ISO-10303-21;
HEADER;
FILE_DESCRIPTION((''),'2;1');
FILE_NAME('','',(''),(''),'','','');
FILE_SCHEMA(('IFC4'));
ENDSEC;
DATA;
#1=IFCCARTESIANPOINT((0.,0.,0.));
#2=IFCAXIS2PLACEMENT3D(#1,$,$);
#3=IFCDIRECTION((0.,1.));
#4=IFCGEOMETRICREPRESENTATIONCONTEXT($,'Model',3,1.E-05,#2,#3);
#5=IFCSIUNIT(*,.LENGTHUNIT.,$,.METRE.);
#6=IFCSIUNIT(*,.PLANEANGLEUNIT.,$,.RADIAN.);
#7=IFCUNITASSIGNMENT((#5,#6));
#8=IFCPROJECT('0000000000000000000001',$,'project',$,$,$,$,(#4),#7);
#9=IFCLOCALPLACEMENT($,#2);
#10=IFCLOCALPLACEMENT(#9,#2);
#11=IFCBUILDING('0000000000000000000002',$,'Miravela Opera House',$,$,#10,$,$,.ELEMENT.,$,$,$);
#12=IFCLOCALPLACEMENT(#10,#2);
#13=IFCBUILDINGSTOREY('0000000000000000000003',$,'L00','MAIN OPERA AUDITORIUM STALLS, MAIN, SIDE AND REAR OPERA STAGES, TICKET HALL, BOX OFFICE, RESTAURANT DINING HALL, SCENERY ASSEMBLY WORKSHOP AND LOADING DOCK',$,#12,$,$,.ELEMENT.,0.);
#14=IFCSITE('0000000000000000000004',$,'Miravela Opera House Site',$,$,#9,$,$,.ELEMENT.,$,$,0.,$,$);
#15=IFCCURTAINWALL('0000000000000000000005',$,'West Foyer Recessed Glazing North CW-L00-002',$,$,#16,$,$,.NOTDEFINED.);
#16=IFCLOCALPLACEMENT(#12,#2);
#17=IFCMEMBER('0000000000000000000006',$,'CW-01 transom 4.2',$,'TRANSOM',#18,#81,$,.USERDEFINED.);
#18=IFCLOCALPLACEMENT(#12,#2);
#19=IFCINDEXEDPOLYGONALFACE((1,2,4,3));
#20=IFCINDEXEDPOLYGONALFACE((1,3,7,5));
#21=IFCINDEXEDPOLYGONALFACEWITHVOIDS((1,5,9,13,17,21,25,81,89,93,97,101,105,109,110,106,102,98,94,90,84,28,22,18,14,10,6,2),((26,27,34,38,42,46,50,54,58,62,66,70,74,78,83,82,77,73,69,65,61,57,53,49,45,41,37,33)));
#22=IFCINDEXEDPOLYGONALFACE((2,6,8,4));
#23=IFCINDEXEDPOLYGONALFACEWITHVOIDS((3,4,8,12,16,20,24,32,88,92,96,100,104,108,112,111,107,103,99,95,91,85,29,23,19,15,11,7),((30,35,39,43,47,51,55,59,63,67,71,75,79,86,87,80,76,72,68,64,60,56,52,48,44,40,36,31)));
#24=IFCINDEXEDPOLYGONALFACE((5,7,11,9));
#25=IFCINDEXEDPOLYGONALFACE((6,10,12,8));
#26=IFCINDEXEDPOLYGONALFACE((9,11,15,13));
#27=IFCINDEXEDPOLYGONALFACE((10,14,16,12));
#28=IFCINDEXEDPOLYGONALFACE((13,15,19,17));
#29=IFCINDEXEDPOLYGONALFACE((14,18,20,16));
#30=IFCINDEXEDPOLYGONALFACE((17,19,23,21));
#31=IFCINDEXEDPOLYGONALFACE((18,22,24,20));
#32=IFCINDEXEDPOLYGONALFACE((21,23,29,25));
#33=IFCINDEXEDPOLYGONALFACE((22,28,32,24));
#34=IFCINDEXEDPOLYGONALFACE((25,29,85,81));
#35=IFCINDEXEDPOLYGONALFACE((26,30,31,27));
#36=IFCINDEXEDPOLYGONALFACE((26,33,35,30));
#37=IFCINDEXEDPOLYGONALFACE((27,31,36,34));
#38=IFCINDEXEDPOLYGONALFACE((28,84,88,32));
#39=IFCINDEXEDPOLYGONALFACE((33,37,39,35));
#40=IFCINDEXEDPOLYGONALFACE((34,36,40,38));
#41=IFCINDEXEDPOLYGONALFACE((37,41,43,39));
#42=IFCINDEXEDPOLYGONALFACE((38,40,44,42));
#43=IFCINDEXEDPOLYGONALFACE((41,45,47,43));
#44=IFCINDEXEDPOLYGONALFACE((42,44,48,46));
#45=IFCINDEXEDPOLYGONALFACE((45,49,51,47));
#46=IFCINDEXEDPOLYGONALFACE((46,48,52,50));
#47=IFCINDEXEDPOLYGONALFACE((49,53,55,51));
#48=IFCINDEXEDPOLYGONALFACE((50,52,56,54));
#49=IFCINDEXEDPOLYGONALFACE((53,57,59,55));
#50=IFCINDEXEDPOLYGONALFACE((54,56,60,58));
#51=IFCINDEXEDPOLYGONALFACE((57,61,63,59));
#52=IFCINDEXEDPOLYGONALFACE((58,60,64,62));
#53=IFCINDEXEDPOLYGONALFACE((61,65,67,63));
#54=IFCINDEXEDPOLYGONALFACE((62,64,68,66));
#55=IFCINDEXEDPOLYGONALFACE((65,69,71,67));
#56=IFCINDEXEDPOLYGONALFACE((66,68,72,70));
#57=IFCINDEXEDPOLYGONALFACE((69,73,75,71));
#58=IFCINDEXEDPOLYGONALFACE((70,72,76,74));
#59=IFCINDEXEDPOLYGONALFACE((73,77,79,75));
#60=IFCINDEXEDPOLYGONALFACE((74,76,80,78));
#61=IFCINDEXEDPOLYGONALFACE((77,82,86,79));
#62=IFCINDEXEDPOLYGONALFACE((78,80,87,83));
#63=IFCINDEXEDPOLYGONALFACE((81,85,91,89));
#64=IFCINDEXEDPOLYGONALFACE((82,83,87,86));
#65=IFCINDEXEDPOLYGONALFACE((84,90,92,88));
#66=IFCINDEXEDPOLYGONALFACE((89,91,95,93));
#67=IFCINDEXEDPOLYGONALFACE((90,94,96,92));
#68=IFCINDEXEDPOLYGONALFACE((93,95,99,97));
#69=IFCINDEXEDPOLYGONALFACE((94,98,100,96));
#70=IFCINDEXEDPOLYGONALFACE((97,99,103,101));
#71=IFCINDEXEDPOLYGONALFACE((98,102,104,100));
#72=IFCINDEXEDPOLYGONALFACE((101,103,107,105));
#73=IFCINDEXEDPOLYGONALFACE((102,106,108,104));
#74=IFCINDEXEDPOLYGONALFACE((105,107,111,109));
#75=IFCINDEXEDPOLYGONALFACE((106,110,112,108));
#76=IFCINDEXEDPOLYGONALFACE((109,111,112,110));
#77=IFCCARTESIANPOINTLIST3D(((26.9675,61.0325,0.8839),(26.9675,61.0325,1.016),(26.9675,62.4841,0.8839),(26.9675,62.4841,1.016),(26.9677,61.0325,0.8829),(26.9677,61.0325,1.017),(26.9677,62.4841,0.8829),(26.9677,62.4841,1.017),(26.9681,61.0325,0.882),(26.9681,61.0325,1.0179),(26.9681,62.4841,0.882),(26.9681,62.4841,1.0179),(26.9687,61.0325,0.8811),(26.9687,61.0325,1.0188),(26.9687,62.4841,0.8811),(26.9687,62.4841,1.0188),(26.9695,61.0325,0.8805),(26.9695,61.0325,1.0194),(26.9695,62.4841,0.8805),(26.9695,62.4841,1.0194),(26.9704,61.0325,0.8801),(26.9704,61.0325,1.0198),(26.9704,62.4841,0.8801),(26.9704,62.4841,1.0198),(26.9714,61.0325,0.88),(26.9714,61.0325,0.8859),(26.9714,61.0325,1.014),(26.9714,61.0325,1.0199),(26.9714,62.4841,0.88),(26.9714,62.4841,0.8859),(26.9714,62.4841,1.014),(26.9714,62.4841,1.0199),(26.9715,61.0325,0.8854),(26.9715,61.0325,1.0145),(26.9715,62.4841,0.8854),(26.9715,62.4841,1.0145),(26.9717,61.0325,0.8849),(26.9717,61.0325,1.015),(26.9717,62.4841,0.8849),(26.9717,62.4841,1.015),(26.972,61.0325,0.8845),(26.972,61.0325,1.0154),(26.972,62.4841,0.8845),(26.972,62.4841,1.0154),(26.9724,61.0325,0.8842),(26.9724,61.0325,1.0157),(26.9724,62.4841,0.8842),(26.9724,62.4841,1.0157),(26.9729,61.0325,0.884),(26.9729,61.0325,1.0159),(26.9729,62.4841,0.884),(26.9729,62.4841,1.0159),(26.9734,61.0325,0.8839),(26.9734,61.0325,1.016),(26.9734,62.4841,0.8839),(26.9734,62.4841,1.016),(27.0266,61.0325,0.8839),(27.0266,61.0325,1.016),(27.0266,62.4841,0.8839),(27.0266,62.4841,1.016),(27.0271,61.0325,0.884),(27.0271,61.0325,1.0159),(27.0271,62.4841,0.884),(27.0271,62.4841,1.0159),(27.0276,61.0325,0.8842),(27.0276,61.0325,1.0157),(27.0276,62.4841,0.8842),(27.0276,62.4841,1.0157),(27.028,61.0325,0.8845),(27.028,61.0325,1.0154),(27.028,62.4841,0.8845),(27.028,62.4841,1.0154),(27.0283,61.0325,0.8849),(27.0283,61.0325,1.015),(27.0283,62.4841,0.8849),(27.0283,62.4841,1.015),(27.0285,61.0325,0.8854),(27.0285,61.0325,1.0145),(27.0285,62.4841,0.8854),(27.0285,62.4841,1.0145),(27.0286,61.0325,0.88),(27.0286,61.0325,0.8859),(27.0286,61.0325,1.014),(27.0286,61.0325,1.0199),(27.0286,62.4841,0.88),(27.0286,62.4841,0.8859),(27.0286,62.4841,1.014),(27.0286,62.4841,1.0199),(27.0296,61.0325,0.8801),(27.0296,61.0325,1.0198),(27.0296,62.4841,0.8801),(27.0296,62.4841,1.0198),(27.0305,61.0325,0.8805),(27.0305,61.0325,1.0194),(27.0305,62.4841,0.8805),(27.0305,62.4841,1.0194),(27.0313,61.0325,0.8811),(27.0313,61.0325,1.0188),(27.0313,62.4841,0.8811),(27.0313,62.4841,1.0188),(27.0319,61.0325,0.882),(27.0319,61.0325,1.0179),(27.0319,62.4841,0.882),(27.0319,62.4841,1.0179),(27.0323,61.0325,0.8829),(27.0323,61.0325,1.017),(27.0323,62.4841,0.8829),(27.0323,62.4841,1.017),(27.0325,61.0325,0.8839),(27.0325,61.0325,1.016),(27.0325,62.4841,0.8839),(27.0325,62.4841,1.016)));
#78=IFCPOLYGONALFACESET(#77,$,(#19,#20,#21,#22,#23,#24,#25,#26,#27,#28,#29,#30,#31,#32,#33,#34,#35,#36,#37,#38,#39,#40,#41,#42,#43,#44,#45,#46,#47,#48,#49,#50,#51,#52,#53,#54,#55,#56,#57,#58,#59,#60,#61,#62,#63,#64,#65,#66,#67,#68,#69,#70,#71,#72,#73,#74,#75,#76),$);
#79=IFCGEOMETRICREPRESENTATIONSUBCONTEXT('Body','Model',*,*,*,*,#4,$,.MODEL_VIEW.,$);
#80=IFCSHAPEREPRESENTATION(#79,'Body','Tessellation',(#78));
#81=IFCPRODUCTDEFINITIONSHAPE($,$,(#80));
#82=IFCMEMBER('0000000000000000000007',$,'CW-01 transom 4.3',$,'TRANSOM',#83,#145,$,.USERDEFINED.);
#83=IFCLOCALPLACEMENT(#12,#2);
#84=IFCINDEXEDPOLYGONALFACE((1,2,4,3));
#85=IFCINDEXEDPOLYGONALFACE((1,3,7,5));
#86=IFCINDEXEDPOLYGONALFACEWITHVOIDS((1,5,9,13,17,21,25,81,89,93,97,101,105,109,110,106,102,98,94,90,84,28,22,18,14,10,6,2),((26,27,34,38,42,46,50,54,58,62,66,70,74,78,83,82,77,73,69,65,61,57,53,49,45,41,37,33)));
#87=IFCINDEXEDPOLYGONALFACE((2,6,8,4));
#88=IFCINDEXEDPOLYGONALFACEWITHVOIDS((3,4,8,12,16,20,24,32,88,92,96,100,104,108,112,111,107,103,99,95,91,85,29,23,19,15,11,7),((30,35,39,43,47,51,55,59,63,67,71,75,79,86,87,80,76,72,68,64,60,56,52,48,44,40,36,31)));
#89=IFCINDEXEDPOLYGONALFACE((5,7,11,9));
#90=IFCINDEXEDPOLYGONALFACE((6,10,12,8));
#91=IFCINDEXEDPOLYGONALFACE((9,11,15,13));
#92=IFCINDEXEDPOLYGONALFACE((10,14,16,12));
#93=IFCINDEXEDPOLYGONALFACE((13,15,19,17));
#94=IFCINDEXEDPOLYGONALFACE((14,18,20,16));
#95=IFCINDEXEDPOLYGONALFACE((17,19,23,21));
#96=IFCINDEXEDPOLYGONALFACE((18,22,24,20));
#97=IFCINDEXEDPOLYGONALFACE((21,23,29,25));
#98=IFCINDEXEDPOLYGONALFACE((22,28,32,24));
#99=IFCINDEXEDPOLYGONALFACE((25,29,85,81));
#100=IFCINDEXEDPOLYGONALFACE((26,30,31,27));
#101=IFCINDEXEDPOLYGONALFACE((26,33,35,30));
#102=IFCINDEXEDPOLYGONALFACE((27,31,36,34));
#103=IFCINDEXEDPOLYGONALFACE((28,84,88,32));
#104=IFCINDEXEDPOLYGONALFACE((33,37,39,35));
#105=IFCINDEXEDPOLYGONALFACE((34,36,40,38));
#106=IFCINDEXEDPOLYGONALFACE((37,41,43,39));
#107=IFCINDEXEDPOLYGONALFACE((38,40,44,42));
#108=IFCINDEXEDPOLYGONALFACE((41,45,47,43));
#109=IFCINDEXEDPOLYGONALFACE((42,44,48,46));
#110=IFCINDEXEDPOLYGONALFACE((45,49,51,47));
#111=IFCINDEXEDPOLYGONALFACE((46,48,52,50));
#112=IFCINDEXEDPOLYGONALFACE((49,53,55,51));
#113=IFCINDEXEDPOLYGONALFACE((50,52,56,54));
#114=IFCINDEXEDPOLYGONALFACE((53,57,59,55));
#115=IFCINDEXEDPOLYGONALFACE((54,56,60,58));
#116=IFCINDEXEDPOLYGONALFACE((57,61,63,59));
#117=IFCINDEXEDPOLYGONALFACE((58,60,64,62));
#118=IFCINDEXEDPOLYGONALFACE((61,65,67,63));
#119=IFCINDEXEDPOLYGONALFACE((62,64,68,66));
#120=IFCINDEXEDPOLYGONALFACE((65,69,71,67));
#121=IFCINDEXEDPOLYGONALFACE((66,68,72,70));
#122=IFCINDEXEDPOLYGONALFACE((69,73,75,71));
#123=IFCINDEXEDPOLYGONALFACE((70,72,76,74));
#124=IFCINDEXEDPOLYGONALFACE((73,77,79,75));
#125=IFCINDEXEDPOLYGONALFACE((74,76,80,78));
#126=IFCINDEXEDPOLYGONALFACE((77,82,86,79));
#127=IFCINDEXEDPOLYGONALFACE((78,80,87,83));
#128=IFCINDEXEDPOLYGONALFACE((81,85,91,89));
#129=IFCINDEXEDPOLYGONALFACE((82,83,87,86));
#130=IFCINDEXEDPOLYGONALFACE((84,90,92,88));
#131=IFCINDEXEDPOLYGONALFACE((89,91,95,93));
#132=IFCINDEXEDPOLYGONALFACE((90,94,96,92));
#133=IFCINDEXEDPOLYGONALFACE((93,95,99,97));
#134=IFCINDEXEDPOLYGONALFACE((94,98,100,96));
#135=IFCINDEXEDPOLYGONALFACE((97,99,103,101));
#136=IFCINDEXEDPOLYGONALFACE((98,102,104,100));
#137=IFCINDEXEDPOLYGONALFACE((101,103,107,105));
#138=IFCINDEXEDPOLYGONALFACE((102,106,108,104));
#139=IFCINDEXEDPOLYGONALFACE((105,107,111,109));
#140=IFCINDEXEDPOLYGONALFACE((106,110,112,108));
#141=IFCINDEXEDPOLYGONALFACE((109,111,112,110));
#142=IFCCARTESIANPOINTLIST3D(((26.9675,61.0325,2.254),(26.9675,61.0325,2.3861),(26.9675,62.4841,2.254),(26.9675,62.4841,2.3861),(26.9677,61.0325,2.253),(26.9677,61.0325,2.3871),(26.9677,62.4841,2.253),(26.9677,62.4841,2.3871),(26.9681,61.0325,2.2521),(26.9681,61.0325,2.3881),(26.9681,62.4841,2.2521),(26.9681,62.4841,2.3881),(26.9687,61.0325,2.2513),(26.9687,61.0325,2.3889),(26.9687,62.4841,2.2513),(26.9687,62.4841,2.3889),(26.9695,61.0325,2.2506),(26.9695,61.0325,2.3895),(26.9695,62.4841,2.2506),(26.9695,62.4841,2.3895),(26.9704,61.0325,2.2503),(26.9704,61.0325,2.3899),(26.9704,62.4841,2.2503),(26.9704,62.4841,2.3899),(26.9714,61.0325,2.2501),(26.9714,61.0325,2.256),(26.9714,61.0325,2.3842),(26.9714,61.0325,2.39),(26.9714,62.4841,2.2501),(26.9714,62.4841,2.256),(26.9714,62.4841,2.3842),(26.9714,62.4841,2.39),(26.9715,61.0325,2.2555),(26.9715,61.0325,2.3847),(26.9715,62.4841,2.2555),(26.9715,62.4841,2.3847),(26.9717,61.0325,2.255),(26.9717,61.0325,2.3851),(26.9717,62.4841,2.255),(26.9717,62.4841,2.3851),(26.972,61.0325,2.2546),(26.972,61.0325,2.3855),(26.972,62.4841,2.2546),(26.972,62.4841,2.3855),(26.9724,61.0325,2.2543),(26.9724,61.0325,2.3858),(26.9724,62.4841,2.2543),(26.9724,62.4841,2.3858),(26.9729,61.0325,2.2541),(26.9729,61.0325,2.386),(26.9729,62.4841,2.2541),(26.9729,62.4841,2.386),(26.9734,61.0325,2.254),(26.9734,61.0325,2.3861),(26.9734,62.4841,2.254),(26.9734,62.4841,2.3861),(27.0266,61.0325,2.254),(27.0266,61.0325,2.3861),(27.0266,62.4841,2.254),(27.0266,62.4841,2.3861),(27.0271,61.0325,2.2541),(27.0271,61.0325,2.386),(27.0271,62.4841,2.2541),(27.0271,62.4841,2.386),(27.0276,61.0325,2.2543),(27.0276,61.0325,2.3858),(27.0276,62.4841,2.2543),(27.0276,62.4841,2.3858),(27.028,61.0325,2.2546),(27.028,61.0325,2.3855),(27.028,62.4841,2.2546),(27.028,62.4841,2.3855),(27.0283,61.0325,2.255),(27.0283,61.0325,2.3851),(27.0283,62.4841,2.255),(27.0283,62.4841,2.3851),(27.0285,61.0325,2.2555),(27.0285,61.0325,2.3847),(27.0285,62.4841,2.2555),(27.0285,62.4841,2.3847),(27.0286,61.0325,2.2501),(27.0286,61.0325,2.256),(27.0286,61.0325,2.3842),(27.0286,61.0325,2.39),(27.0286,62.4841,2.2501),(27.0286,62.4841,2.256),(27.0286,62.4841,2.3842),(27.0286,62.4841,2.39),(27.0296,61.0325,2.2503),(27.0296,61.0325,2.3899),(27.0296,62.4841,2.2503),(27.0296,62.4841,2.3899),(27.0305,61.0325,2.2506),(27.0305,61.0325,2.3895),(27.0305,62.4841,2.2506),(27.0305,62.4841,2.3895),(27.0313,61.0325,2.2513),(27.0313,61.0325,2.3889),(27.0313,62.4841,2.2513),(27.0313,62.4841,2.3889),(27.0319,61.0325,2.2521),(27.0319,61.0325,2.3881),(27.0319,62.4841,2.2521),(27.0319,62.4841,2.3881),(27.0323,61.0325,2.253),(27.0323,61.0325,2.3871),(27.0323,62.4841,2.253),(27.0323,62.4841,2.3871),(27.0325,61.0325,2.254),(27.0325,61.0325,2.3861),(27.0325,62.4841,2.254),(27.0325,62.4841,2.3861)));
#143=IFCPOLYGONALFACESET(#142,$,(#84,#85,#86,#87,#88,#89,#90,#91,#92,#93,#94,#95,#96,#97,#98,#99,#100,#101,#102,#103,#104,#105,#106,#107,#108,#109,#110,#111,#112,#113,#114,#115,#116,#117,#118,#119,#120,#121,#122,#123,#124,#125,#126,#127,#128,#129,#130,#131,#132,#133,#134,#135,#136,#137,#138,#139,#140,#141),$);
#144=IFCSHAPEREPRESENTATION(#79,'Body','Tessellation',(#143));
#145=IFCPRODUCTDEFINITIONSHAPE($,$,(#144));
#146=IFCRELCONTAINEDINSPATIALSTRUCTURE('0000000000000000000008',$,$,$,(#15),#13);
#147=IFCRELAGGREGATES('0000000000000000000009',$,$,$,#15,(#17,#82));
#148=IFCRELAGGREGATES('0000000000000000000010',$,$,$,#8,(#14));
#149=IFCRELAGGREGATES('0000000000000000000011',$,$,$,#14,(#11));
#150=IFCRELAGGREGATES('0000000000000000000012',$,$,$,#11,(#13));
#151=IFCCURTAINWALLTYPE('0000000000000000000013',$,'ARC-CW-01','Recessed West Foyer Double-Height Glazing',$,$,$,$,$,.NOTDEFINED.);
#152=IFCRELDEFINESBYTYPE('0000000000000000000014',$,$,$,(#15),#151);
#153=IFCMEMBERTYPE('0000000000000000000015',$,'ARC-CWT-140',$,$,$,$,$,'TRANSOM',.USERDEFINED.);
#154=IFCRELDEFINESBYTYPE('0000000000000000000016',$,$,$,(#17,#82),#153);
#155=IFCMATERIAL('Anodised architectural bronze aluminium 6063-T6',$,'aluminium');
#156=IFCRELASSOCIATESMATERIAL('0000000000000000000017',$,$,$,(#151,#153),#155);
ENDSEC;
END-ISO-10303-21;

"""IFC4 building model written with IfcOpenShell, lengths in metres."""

from ifc_helpers import new_model, si_unit, direction, frame, origin, origin_2d, place, context, subcontext, project, spatial, hollow_rectangle, extrude, material, material_profile, profile_set, type_object, element, aggregate, save


model = new_model("IFC4")

# Units and contexts
model_context = context("Model", 3, precision=1e-05, world=origin(), true_north=direction((0.0, 1.0)))
body_context = subcontext(model_context, "Body", "Model", "MODEL_VIEW")
ifc_project = project(units=[si_unit("LENGTHUNIT", "METRE"), si_unit("PLANEANGLEUNIT", "RADIAN")], contexts=[model_context])

# Site, building, storey
site_placement = place(None, origin())
site = spatial("IfcSite", under=ifc_project, at=site_placement, Name="Miravela Opera House Site", CompositionType="ELEMENT", RefElevation=0.0)
building_placement = place(site_placement, origin())
building = spatial("IfcBuilding", under=site, at=building_placement, Name="Miravela Opera House", CompositionType="ELEMENT")
storey_placement = place(building_placement, origin())
storey = spatial("IfcBuildingStorey", under=building, at=storey_placement, Name="L00", Description="MAIN OPERA AUDITORIUM STALLS, MAIN, SIDE AND REAR OPERA STAGES, TICKET HALL, BOX OFFICE, RESTAURANT DINING HALL, SCENERY ASSEMBLY WORKSHOP AND LOADING DOCK", CompositionType="ELEMENT", Elevation=0.0)

# Curtain wall, members
ifc_material_1 = material(Name="Anodised architectural bronze aluminium 6063-T6", Category="aluminium")
curtain_wall_type = type_object("IfcCurtainWallType", Name="ARC-CW-01", Description="Recessed West Foyer Double-Height Glazing", PredefinedType="NOTDEFINED", material=ifc_material_1)
curtain_wall_placement = place(storey_placement, origin())
curtain_wall = element("IfcCurtainWall", 1, at=curtain_wall_placement, inside=storey, type_object=curtain_wall_type, Name="West Foyer Recessed Glazing North CW-L00-002", PredefinedType="NOTDEFINED")
ifc_material_profile_1 = material_profile(ifc_material_1, hollow_rectangle(XDim=0.0649, YDim=0.1399, WallThickness=0.0039, InnerFilletRadius=0.002, OuterFilletRadius=0.0039, at=origin_2d()), Name="CWT-65X140")
ifc_profile_set_1 = profile_set([ifc_material_profile_1])
member_type_1 = type_object("IfcMemberType", Name="ARC-CWT-140", ElementType="TRANSOM", PredefinedType="USERDEFINED", material=ifc_profile_set_1)
member_1_placement = place(storey_placement, frame((27.0, 61.0325, 0.95), z_axis=(0.0, 1.0, 0.0), x_axis=(-1.0, 0.0, 0.0)))
member_1 = element("IfcMember", 2, at=member_1_placement, type_object=member_type_1, Name="CW-01 transom 4.2", ObjectType="TRANSOM", PredefinedType="USERDEFINED", context=body_context, shape_type="SweptSolid", body=[
    extrude(hollow_rectangle(XDim=0.0649, YDim=0.1399, WallThickness=0.0039, InnerFilletRadius=0.002, OuterFilletRadius=0.0039, at=origin_2d()), origin(), (0.0, 0.0, 1.0), 1.4517),
])
member_2_placement = place(storey_placement, frame((27.0, 61.0325, 2.3201), z_axis=(0.0, 1.0, 0.0), x_axis=(-1.0, 0.0, 0.0)))
member_2 = element("IfcMember", 3, at=member_2_placement, type_object=member_type_1, Name="CW-01 transom 4.3", ObjectType="TRANSOM", PredefinedType="USERDEFINED", context=body_context, shape_type="SweptSolid", body=[
    extrude(hollow_rectangle(XDim=0.0649, YDim=0.1399, WallThickness=0.0039, InnerFilletRadius=0.002, OuterFilletRadius=0.0039, at=origin_2d()), origin(), (0.0, 0.0, 1.0), 1.4517),
])

aggregate(curtain_wall, [member_1, member_2])

save(model, "model.ifc")
